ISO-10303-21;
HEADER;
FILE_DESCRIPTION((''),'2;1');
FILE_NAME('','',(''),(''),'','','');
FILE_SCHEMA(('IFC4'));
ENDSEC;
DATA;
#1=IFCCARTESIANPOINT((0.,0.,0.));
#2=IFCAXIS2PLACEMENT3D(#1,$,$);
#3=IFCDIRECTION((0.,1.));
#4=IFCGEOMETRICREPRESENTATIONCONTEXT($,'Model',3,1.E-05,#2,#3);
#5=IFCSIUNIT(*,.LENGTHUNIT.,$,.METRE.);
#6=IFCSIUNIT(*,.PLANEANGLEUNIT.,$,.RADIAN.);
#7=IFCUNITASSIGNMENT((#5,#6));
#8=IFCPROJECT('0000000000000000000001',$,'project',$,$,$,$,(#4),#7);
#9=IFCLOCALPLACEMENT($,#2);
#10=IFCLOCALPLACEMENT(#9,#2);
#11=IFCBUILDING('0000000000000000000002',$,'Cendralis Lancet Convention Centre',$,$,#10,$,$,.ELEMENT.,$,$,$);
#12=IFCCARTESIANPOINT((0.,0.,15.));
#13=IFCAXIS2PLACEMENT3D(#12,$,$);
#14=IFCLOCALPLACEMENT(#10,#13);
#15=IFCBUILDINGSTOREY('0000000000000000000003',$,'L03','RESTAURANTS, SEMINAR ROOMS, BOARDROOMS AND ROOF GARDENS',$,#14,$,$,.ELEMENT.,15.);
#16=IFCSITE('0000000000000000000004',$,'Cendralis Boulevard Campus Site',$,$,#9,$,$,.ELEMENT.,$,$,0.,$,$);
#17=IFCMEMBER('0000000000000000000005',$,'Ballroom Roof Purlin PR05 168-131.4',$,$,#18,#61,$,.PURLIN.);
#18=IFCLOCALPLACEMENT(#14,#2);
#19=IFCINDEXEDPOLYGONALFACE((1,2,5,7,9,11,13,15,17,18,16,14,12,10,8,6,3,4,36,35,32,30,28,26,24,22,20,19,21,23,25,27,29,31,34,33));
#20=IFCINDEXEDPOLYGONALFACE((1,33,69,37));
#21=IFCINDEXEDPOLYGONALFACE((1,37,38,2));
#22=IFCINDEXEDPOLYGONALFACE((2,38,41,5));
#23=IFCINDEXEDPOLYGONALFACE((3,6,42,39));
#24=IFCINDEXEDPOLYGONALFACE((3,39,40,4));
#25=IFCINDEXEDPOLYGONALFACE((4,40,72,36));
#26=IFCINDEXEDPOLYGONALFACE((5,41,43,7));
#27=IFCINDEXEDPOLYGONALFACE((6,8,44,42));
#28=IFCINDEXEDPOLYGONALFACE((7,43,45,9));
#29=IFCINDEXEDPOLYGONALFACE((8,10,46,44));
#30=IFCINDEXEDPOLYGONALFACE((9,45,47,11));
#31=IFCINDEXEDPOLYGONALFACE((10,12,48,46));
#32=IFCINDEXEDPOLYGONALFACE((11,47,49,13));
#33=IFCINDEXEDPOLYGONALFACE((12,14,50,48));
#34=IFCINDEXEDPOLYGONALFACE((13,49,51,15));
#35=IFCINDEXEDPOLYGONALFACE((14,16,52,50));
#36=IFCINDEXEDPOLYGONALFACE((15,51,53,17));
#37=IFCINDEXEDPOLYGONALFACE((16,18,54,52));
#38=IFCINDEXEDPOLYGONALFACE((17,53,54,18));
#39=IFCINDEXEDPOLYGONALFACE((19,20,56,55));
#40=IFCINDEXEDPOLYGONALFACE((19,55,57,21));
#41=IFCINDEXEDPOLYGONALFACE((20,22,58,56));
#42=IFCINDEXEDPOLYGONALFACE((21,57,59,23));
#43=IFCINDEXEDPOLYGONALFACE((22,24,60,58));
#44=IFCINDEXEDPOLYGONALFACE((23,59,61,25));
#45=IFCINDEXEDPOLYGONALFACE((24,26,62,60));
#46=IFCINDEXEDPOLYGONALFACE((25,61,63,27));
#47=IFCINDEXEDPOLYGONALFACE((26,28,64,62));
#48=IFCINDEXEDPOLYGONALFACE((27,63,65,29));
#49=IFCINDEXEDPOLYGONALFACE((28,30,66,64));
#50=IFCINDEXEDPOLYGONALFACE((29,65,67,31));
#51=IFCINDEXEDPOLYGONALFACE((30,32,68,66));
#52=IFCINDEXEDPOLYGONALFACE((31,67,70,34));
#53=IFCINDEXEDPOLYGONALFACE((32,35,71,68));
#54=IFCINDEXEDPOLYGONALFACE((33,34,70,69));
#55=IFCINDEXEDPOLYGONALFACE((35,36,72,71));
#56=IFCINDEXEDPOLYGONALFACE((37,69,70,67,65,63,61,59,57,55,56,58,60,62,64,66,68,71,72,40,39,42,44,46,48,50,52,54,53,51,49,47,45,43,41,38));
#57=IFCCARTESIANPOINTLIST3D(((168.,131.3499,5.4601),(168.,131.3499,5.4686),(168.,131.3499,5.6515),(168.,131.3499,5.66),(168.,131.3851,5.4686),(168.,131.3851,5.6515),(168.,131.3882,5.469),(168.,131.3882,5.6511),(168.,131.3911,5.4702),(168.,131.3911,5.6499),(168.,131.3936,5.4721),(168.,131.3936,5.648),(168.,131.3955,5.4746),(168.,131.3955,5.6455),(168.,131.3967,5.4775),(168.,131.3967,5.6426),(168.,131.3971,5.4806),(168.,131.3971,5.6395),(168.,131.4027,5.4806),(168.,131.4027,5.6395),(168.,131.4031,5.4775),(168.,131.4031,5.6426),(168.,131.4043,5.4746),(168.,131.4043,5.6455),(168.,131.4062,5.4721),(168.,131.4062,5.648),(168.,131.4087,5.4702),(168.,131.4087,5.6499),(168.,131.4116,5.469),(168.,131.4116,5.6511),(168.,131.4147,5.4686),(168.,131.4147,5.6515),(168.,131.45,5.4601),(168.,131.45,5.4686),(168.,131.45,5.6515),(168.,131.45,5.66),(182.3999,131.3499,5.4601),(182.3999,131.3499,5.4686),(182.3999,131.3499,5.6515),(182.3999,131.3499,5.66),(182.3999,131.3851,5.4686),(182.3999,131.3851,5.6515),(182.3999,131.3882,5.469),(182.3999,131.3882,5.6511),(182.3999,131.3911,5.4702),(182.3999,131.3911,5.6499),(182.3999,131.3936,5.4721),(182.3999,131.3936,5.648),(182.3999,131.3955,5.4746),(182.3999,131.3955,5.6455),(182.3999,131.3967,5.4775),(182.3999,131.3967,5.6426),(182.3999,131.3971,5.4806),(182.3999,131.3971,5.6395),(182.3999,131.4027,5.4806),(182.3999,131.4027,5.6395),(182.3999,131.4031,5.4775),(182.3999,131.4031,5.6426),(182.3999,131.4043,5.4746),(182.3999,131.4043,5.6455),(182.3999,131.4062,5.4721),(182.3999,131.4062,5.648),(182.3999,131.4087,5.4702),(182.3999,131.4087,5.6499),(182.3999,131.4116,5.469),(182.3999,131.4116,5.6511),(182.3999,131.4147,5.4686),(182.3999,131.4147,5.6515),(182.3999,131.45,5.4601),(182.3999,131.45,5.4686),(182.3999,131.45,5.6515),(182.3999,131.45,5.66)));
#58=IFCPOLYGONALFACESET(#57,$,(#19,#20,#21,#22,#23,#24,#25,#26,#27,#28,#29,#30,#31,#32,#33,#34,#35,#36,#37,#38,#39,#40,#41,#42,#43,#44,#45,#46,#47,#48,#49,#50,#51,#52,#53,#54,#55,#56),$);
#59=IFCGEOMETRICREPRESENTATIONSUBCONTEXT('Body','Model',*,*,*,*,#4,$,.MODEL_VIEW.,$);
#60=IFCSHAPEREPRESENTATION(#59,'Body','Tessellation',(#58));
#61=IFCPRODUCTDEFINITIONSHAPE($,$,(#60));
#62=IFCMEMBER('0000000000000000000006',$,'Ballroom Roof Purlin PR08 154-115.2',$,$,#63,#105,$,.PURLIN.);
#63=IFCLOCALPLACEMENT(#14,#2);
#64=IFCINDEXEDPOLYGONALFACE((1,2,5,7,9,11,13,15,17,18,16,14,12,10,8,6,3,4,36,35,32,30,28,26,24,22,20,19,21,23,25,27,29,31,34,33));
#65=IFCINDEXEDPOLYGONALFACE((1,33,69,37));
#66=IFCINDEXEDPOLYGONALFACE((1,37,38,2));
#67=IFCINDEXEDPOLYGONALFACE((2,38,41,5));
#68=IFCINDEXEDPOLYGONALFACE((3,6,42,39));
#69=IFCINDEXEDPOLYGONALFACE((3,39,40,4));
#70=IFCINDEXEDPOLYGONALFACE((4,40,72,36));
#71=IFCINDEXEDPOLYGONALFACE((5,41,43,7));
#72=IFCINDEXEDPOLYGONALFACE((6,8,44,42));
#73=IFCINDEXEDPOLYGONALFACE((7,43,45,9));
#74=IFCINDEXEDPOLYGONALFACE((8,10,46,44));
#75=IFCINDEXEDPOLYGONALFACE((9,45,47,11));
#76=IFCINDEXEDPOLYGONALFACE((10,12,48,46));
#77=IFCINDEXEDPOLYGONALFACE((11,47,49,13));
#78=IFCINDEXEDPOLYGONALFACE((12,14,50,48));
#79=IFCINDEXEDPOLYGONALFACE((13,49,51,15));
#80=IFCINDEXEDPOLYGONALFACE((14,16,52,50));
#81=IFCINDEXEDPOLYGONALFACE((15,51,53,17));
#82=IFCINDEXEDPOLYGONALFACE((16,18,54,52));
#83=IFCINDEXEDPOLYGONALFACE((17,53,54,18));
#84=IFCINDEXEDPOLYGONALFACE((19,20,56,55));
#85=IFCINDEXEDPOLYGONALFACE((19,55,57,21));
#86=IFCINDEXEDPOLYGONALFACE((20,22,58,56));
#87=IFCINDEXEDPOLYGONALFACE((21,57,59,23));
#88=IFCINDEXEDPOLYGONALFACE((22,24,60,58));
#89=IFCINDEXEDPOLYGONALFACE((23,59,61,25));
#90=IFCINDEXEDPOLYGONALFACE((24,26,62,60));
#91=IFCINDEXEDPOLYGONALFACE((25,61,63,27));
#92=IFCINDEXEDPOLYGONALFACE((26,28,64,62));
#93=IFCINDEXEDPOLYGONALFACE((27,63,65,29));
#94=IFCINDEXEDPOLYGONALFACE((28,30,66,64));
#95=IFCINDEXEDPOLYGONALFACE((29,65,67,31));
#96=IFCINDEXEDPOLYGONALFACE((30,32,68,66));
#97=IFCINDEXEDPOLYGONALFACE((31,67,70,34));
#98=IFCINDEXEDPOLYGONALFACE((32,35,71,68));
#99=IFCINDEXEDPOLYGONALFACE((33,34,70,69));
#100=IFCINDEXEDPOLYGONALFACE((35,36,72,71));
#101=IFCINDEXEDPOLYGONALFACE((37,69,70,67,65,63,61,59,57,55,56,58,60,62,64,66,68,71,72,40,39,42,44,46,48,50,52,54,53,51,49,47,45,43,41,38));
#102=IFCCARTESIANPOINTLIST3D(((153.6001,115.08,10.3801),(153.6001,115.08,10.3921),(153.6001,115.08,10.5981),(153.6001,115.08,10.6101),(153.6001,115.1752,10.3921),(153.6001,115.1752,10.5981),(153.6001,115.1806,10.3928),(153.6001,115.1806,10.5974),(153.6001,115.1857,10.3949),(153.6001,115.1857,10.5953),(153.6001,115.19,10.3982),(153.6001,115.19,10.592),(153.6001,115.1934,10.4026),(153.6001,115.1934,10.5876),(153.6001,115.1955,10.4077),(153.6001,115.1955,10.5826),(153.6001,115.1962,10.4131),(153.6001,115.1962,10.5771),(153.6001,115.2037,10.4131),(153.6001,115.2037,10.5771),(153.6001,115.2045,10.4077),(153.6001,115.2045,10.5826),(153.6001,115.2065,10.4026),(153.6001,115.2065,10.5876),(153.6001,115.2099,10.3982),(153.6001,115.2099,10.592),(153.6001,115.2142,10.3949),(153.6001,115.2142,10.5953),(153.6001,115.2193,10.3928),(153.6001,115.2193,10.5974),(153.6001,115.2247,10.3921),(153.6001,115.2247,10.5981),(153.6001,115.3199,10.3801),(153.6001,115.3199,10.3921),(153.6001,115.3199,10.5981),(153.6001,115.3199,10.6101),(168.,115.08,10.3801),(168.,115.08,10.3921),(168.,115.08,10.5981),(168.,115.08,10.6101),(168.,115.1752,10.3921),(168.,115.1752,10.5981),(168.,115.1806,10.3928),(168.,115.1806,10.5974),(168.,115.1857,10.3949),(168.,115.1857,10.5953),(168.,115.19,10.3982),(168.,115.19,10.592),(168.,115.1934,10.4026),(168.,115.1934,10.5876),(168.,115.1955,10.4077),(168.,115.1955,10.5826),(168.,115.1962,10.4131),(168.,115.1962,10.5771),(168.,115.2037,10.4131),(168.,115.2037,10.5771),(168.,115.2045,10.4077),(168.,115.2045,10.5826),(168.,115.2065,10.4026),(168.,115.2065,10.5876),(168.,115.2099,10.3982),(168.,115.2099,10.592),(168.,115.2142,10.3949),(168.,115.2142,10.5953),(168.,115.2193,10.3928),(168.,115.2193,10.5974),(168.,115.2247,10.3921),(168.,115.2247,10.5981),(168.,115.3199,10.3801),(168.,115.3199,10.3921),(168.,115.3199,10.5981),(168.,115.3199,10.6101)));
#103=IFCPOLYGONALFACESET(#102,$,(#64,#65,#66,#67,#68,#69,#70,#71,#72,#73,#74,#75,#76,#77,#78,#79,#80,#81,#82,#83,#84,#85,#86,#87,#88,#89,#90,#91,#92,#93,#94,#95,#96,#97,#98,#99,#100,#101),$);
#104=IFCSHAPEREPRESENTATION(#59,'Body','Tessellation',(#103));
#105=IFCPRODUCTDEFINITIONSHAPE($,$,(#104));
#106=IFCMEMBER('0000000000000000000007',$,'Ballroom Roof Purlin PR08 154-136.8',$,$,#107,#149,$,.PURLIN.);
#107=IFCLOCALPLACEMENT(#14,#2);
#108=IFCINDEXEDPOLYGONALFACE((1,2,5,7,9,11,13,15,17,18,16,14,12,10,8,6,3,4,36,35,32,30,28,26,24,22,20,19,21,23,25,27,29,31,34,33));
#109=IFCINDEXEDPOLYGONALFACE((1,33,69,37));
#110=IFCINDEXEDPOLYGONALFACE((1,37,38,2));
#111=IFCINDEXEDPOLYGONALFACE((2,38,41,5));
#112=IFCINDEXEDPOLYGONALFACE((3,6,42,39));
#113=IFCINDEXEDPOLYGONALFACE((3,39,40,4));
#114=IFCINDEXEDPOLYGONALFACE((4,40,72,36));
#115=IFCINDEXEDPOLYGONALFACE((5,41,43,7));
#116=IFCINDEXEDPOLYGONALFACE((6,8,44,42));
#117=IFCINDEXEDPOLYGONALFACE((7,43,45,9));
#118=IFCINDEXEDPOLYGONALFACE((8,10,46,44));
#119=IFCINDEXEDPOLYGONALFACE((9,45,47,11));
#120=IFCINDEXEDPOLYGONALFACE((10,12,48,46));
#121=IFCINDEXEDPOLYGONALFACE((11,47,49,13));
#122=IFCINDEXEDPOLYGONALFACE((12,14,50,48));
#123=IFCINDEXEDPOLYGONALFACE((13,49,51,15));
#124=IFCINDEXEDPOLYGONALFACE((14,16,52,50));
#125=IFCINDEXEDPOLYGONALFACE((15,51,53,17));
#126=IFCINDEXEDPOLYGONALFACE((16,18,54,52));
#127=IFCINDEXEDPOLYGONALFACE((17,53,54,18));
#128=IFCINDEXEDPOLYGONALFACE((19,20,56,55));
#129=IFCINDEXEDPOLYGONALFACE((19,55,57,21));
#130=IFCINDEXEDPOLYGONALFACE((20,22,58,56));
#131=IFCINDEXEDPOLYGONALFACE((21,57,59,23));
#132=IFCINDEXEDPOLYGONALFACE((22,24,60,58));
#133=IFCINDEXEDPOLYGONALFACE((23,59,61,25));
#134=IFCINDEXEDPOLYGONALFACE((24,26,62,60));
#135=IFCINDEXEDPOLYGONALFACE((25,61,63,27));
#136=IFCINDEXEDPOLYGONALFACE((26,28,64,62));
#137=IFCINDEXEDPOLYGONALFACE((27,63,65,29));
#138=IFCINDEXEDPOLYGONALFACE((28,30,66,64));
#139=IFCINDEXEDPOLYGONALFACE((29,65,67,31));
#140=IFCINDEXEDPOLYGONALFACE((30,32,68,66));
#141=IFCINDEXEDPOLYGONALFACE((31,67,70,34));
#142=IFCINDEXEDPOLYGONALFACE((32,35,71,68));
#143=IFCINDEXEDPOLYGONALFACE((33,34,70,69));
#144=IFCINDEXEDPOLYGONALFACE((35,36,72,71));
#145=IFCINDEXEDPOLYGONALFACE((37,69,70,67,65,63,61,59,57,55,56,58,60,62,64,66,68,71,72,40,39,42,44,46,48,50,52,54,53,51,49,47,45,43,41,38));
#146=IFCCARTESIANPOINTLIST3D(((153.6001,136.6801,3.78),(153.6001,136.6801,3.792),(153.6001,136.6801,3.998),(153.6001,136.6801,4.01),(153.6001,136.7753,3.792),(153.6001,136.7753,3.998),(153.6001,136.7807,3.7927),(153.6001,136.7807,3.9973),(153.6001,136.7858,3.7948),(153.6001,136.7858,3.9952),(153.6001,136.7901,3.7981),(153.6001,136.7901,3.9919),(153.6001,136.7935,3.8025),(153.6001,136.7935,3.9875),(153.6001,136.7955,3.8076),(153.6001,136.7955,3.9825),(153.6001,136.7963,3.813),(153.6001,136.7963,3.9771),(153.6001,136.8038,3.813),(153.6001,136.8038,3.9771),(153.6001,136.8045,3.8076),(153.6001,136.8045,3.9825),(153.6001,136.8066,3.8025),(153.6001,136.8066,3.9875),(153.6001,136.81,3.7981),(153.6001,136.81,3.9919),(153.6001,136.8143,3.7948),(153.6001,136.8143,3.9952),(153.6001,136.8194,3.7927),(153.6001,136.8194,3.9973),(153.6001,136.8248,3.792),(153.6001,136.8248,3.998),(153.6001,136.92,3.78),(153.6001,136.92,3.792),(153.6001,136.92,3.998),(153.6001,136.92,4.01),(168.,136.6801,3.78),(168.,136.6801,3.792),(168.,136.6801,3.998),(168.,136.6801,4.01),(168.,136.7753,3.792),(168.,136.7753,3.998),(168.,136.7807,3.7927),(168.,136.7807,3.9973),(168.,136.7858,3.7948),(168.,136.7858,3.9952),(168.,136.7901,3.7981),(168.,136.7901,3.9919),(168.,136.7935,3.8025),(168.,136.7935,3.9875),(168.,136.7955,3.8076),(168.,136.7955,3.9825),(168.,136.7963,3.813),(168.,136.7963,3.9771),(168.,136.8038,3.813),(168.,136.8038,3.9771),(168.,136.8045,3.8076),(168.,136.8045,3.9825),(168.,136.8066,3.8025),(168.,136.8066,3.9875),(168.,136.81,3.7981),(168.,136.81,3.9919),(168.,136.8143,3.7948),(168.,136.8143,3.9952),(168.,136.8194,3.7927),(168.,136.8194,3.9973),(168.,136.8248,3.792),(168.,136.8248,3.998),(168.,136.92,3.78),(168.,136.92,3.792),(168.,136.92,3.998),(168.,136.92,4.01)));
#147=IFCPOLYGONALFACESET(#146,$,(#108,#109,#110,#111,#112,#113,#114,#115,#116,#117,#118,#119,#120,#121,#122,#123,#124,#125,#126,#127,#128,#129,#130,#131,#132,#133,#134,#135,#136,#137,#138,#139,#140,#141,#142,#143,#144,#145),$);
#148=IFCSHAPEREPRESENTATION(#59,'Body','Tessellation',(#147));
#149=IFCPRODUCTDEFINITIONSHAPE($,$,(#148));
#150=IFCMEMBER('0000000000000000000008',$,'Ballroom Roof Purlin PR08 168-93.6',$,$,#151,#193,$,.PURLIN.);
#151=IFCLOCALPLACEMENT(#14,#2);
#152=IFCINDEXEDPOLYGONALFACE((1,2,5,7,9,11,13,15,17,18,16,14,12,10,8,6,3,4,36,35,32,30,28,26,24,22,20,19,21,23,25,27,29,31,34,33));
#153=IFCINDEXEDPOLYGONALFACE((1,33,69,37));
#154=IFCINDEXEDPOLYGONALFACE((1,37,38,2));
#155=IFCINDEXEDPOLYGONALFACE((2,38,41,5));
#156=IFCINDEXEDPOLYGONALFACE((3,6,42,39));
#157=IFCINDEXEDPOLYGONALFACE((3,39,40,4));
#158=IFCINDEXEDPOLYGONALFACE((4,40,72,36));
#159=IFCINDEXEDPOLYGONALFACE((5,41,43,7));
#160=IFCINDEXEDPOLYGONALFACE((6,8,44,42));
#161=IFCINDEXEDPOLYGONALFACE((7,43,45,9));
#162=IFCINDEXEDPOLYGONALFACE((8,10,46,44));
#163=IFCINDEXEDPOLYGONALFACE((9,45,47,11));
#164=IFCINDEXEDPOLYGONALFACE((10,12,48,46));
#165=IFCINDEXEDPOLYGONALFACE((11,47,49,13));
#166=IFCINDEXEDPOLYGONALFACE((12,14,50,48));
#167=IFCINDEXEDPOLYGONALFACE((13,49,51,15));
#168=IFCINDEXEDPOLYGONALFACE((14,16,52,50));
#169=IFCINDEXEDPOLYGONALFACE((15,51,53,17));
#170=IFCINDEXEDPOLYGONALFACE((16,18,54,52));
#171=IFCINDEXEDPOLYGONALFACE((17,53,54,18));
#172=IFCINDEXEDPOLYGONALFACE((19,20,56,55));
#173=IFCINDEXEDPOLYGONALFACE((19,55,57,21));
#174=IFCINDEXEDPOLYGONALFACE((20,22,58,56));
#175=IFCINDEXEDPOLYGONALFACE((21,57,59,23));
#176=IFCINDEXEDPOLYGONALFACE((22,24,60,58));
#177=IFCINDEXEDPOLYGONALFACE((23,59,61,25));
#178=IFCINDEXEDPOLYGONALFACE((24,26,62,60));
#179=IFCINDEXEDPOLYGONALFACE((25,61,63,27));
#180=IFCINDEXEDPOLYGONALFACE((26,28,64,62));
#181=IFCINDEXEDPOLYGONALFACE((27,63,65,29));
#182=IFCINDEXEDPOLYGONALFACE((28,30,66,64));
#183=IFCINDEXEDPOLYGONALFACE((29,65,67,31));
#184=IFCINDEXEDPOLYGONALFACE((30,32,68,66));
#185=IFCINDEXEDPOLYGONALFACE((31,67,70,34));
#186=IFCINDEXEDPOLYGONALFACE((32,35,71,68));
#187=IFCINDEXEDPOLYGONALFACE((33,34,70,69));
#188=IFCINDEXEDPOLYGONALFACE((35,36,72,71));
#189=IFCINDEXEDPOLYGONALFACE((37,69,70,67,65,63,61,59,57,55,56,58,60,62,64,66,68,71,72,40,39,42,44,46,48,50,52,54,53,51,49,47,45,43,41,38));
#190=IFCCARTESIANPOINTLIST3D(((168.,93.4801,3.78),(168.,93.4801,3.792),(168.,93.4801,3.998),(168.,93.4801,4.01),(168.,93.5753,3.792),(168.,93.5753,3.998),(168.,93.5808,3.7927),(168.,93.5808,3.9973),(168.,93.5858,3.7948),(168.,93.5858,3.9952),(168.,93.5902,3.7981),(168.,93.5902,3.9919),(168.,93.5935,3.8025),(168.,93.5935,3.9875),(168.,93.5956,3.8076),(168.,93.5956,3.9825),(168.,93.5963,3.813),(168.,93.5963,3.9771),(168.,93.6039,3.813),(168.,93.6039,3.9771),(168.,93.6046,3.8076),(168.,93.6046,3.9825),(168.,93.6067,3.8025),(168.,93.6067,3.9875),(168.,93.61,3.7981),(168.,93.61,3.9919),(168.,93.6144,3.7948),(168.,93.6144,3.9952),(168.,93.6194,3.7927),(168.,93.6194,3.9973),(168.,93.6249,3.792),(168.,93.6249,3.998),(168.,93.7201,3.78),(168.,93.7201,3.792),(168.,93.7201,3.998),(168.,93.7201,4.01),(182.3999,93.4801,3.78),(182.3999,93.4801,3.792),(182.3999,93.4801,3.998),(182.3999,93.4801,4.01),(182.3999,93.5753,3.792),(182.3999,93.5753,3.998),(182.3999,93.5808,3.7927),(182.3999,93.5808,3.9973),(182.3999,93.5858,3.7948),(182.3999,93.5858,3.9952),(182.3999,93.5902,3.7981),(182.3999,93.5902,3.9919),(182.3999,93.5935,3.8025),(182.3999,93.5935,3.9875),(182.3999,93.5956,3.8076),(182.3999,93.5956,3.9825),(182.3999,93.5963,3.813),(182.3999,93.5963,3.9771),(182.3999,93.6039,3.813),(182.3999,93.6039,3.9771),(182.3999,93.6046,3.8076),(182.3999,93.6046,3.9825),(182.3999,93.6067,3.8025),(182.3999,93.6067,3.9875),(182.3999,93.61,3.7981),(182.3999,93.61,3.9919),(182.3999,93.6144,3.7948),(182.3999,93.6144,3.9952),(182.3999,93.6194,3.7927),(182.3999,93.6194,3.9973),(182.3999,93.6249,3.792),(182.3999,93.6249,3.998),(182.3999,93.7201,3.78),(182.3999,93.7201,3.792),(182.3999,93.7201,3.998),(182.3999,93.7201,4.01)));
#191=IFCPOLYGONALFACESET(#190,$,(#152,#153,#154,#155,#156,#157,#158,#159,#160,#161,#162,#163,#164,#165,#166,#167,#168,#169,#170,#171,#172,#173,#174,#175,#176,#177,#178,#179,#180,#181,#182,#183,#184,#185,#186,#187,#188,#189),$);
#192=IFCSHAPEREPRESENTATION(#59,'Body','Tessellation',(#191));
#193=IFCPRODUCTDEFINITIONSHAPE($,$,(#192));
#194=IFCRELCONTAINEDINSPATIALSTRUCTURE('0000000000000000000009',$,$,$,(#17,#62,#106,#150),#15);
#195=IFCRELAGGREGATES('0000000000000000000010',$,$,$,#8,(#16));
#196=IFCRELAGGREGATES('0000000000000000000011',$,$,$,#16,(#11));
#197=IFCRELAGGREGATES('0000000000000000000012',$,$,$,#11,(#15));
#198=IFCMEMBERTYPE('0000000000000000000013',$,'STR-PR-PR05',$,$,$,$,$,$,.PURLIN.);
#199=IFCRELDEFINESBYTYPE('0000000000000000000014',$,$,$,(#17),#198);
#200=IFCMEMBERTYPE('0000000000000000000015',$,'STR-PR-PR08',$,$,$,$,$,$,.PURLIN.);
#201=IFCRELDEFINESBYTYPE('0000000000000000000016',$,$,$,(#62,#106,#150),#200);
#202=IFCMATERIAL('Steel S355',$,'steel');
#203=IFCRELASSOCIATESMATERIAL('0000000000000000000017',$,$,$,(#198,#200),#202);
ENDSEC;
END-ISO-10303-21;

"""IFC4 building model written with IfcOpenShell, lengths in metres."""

from ifc_helpers import new_model, si_unit, direction, frame, origin, origin_2d, place, context, subcontext, project, spatial, i_section, extrude, material, material_profile, profile_set, type_object, element, save


model = new_model("IFC4")

# Units and contexts
model_context = context("Model", 3, precision=1e-05, world=origin(), true_north=direction((0.0, 1.0)))
body_context = subcontext(model_context, "Body", "Model", "MODEL_VIEW")
ifc_project = project(units=[si_unit("LENGTHUNIT", "METRE"), si_unit("PLANEANGLEUNIT", "RADIAN")], contexts=[model_context])

# Site, building, storey
site_placement = place(None, origin())
site = spatial("IfcSite", under=ifc_project, at=site_placement, Name="Cendralis Boulevard Campus Site", CompositionType="ELEMENT", RefElevation=0.0)
building_placement = place(site_placement, origin())
building = spatial("IfcBuilding", under=site, at=building_placement, Name="Cendralis Lancet Convention Centre", CompositionType="ELEMENT")
storey_placement = place(building_placement, frame((0.0, 0.0, 15.0)))
storey = spatial("IfcBuildingStorey", under=building, at=storey_placement, Name="L03", Description="RESTAURANTS, SEMINAR ROOMS, BOARDROOMS AND ROOF GARDENS", CompositionType="ELEMENT", Elevation=15.0)

# Shared definitions
ifc_material_1 = material(Name="Steel S355", Category="steel")

# Members
ifc_material_profile_1 = material_profile(ifc_material_1, i_section(OverallWidth=0.1001, OverallDepth=0.2, WebThickness=0.0056, FlangeThickness=0.0085, FilletRadius=0.012, at=origin_2d()), Name="IPE 200")
ifc_profile_set_1 = profile_set([ifc_material_profile_1], Name="Steel S355")
member_type_1 = type_object("IfcMemberType", Name="STR-PR-PR05", PredefinedType="PURLIN", material=ifc_profile_set_1)
for number, where, z_axis, x_axis, name in (
    (1, (168.0, 131.3999, 5.5601), (1.0, 0.0, 0.0), (0.0, 1.0, 0.0), "Ballroom Roof Purlin PR05 168-131.4"),
):
    element("IfcMember", number, at=place(storey_placement, frame(where, z_axis=z_axis, x_axis=x_axis)), inside=storey, type_object=member_type_1, Name=name, PredefinedType="PURLIN", context=body_context, shape_type="SweptSolid", body=[
        extrude(i_section(OverallWidth=0.1001, OverallDepth=0.2, WebThickness=0.0056, FlangeThickness=0.0085, FilletRadius=0.012, at=origin_2d()), origin(), (0.0, 0.0, 1.0), 14.3999),
    ])
ifc_material_profile_2 = material_profile(ifc_material_1, i_section(OverallWidth=0.24, OverallDepth=0.23, WebThickness=0.0076, FlangeThickness=0.012, FilletRadius=0.021, at=origin_2d()), Name="HEA 240")
ifc_profile_set_2 = profile_set([ifc_material_profile_2], Name="Steel S355")
member_type_2 = type_object("IfcMemberType", Name="STR-PR-PR08", PredefinedType="PURLIN", material=ifc_profile_set_2)
for number, where, z_axis, x_axis, name in (
    (2, (153.6001, 115.2, 10.4951), (1.0, 0.0, 0.0), (0.0, 1.0, 0.0), "Ballroom Roof Purlin PR08 154-115.2"),
    (3, (153.6001, 136.8, 3.895), (1.0, 0.0, 0.0), (0.0, 1.0, 0.0), "Ballroom Roof Purlin PR08 154-136.8"),
    (4, (168.0, 93.6001, 3.895), (1.0, 0.0, 0.0), (0.0, 1.0, 0.0), "Ballroom Roof Purlin PR08 168-93.6"),
):
    element("IfcMember", number, at=place(storey_placement, frame(where, z_axis=z_axis, x_axis=x_axis)), inside=storey, type_object=member_type_2, Name=name, PredefinedType="PURLIN", context=body_context, shape_type="SweptSolid", body=[
        extrude(i_section(OverallWidth=0.24, OverallDepth=0.23, WebThickness=0.0076, FlangeThickness=0.012, FilletRadius=0.021, at=origin_2d()), origin(), (0.0, 0.0, 1.0), 14.3999),
    ])

save(model, "model.ifc")
